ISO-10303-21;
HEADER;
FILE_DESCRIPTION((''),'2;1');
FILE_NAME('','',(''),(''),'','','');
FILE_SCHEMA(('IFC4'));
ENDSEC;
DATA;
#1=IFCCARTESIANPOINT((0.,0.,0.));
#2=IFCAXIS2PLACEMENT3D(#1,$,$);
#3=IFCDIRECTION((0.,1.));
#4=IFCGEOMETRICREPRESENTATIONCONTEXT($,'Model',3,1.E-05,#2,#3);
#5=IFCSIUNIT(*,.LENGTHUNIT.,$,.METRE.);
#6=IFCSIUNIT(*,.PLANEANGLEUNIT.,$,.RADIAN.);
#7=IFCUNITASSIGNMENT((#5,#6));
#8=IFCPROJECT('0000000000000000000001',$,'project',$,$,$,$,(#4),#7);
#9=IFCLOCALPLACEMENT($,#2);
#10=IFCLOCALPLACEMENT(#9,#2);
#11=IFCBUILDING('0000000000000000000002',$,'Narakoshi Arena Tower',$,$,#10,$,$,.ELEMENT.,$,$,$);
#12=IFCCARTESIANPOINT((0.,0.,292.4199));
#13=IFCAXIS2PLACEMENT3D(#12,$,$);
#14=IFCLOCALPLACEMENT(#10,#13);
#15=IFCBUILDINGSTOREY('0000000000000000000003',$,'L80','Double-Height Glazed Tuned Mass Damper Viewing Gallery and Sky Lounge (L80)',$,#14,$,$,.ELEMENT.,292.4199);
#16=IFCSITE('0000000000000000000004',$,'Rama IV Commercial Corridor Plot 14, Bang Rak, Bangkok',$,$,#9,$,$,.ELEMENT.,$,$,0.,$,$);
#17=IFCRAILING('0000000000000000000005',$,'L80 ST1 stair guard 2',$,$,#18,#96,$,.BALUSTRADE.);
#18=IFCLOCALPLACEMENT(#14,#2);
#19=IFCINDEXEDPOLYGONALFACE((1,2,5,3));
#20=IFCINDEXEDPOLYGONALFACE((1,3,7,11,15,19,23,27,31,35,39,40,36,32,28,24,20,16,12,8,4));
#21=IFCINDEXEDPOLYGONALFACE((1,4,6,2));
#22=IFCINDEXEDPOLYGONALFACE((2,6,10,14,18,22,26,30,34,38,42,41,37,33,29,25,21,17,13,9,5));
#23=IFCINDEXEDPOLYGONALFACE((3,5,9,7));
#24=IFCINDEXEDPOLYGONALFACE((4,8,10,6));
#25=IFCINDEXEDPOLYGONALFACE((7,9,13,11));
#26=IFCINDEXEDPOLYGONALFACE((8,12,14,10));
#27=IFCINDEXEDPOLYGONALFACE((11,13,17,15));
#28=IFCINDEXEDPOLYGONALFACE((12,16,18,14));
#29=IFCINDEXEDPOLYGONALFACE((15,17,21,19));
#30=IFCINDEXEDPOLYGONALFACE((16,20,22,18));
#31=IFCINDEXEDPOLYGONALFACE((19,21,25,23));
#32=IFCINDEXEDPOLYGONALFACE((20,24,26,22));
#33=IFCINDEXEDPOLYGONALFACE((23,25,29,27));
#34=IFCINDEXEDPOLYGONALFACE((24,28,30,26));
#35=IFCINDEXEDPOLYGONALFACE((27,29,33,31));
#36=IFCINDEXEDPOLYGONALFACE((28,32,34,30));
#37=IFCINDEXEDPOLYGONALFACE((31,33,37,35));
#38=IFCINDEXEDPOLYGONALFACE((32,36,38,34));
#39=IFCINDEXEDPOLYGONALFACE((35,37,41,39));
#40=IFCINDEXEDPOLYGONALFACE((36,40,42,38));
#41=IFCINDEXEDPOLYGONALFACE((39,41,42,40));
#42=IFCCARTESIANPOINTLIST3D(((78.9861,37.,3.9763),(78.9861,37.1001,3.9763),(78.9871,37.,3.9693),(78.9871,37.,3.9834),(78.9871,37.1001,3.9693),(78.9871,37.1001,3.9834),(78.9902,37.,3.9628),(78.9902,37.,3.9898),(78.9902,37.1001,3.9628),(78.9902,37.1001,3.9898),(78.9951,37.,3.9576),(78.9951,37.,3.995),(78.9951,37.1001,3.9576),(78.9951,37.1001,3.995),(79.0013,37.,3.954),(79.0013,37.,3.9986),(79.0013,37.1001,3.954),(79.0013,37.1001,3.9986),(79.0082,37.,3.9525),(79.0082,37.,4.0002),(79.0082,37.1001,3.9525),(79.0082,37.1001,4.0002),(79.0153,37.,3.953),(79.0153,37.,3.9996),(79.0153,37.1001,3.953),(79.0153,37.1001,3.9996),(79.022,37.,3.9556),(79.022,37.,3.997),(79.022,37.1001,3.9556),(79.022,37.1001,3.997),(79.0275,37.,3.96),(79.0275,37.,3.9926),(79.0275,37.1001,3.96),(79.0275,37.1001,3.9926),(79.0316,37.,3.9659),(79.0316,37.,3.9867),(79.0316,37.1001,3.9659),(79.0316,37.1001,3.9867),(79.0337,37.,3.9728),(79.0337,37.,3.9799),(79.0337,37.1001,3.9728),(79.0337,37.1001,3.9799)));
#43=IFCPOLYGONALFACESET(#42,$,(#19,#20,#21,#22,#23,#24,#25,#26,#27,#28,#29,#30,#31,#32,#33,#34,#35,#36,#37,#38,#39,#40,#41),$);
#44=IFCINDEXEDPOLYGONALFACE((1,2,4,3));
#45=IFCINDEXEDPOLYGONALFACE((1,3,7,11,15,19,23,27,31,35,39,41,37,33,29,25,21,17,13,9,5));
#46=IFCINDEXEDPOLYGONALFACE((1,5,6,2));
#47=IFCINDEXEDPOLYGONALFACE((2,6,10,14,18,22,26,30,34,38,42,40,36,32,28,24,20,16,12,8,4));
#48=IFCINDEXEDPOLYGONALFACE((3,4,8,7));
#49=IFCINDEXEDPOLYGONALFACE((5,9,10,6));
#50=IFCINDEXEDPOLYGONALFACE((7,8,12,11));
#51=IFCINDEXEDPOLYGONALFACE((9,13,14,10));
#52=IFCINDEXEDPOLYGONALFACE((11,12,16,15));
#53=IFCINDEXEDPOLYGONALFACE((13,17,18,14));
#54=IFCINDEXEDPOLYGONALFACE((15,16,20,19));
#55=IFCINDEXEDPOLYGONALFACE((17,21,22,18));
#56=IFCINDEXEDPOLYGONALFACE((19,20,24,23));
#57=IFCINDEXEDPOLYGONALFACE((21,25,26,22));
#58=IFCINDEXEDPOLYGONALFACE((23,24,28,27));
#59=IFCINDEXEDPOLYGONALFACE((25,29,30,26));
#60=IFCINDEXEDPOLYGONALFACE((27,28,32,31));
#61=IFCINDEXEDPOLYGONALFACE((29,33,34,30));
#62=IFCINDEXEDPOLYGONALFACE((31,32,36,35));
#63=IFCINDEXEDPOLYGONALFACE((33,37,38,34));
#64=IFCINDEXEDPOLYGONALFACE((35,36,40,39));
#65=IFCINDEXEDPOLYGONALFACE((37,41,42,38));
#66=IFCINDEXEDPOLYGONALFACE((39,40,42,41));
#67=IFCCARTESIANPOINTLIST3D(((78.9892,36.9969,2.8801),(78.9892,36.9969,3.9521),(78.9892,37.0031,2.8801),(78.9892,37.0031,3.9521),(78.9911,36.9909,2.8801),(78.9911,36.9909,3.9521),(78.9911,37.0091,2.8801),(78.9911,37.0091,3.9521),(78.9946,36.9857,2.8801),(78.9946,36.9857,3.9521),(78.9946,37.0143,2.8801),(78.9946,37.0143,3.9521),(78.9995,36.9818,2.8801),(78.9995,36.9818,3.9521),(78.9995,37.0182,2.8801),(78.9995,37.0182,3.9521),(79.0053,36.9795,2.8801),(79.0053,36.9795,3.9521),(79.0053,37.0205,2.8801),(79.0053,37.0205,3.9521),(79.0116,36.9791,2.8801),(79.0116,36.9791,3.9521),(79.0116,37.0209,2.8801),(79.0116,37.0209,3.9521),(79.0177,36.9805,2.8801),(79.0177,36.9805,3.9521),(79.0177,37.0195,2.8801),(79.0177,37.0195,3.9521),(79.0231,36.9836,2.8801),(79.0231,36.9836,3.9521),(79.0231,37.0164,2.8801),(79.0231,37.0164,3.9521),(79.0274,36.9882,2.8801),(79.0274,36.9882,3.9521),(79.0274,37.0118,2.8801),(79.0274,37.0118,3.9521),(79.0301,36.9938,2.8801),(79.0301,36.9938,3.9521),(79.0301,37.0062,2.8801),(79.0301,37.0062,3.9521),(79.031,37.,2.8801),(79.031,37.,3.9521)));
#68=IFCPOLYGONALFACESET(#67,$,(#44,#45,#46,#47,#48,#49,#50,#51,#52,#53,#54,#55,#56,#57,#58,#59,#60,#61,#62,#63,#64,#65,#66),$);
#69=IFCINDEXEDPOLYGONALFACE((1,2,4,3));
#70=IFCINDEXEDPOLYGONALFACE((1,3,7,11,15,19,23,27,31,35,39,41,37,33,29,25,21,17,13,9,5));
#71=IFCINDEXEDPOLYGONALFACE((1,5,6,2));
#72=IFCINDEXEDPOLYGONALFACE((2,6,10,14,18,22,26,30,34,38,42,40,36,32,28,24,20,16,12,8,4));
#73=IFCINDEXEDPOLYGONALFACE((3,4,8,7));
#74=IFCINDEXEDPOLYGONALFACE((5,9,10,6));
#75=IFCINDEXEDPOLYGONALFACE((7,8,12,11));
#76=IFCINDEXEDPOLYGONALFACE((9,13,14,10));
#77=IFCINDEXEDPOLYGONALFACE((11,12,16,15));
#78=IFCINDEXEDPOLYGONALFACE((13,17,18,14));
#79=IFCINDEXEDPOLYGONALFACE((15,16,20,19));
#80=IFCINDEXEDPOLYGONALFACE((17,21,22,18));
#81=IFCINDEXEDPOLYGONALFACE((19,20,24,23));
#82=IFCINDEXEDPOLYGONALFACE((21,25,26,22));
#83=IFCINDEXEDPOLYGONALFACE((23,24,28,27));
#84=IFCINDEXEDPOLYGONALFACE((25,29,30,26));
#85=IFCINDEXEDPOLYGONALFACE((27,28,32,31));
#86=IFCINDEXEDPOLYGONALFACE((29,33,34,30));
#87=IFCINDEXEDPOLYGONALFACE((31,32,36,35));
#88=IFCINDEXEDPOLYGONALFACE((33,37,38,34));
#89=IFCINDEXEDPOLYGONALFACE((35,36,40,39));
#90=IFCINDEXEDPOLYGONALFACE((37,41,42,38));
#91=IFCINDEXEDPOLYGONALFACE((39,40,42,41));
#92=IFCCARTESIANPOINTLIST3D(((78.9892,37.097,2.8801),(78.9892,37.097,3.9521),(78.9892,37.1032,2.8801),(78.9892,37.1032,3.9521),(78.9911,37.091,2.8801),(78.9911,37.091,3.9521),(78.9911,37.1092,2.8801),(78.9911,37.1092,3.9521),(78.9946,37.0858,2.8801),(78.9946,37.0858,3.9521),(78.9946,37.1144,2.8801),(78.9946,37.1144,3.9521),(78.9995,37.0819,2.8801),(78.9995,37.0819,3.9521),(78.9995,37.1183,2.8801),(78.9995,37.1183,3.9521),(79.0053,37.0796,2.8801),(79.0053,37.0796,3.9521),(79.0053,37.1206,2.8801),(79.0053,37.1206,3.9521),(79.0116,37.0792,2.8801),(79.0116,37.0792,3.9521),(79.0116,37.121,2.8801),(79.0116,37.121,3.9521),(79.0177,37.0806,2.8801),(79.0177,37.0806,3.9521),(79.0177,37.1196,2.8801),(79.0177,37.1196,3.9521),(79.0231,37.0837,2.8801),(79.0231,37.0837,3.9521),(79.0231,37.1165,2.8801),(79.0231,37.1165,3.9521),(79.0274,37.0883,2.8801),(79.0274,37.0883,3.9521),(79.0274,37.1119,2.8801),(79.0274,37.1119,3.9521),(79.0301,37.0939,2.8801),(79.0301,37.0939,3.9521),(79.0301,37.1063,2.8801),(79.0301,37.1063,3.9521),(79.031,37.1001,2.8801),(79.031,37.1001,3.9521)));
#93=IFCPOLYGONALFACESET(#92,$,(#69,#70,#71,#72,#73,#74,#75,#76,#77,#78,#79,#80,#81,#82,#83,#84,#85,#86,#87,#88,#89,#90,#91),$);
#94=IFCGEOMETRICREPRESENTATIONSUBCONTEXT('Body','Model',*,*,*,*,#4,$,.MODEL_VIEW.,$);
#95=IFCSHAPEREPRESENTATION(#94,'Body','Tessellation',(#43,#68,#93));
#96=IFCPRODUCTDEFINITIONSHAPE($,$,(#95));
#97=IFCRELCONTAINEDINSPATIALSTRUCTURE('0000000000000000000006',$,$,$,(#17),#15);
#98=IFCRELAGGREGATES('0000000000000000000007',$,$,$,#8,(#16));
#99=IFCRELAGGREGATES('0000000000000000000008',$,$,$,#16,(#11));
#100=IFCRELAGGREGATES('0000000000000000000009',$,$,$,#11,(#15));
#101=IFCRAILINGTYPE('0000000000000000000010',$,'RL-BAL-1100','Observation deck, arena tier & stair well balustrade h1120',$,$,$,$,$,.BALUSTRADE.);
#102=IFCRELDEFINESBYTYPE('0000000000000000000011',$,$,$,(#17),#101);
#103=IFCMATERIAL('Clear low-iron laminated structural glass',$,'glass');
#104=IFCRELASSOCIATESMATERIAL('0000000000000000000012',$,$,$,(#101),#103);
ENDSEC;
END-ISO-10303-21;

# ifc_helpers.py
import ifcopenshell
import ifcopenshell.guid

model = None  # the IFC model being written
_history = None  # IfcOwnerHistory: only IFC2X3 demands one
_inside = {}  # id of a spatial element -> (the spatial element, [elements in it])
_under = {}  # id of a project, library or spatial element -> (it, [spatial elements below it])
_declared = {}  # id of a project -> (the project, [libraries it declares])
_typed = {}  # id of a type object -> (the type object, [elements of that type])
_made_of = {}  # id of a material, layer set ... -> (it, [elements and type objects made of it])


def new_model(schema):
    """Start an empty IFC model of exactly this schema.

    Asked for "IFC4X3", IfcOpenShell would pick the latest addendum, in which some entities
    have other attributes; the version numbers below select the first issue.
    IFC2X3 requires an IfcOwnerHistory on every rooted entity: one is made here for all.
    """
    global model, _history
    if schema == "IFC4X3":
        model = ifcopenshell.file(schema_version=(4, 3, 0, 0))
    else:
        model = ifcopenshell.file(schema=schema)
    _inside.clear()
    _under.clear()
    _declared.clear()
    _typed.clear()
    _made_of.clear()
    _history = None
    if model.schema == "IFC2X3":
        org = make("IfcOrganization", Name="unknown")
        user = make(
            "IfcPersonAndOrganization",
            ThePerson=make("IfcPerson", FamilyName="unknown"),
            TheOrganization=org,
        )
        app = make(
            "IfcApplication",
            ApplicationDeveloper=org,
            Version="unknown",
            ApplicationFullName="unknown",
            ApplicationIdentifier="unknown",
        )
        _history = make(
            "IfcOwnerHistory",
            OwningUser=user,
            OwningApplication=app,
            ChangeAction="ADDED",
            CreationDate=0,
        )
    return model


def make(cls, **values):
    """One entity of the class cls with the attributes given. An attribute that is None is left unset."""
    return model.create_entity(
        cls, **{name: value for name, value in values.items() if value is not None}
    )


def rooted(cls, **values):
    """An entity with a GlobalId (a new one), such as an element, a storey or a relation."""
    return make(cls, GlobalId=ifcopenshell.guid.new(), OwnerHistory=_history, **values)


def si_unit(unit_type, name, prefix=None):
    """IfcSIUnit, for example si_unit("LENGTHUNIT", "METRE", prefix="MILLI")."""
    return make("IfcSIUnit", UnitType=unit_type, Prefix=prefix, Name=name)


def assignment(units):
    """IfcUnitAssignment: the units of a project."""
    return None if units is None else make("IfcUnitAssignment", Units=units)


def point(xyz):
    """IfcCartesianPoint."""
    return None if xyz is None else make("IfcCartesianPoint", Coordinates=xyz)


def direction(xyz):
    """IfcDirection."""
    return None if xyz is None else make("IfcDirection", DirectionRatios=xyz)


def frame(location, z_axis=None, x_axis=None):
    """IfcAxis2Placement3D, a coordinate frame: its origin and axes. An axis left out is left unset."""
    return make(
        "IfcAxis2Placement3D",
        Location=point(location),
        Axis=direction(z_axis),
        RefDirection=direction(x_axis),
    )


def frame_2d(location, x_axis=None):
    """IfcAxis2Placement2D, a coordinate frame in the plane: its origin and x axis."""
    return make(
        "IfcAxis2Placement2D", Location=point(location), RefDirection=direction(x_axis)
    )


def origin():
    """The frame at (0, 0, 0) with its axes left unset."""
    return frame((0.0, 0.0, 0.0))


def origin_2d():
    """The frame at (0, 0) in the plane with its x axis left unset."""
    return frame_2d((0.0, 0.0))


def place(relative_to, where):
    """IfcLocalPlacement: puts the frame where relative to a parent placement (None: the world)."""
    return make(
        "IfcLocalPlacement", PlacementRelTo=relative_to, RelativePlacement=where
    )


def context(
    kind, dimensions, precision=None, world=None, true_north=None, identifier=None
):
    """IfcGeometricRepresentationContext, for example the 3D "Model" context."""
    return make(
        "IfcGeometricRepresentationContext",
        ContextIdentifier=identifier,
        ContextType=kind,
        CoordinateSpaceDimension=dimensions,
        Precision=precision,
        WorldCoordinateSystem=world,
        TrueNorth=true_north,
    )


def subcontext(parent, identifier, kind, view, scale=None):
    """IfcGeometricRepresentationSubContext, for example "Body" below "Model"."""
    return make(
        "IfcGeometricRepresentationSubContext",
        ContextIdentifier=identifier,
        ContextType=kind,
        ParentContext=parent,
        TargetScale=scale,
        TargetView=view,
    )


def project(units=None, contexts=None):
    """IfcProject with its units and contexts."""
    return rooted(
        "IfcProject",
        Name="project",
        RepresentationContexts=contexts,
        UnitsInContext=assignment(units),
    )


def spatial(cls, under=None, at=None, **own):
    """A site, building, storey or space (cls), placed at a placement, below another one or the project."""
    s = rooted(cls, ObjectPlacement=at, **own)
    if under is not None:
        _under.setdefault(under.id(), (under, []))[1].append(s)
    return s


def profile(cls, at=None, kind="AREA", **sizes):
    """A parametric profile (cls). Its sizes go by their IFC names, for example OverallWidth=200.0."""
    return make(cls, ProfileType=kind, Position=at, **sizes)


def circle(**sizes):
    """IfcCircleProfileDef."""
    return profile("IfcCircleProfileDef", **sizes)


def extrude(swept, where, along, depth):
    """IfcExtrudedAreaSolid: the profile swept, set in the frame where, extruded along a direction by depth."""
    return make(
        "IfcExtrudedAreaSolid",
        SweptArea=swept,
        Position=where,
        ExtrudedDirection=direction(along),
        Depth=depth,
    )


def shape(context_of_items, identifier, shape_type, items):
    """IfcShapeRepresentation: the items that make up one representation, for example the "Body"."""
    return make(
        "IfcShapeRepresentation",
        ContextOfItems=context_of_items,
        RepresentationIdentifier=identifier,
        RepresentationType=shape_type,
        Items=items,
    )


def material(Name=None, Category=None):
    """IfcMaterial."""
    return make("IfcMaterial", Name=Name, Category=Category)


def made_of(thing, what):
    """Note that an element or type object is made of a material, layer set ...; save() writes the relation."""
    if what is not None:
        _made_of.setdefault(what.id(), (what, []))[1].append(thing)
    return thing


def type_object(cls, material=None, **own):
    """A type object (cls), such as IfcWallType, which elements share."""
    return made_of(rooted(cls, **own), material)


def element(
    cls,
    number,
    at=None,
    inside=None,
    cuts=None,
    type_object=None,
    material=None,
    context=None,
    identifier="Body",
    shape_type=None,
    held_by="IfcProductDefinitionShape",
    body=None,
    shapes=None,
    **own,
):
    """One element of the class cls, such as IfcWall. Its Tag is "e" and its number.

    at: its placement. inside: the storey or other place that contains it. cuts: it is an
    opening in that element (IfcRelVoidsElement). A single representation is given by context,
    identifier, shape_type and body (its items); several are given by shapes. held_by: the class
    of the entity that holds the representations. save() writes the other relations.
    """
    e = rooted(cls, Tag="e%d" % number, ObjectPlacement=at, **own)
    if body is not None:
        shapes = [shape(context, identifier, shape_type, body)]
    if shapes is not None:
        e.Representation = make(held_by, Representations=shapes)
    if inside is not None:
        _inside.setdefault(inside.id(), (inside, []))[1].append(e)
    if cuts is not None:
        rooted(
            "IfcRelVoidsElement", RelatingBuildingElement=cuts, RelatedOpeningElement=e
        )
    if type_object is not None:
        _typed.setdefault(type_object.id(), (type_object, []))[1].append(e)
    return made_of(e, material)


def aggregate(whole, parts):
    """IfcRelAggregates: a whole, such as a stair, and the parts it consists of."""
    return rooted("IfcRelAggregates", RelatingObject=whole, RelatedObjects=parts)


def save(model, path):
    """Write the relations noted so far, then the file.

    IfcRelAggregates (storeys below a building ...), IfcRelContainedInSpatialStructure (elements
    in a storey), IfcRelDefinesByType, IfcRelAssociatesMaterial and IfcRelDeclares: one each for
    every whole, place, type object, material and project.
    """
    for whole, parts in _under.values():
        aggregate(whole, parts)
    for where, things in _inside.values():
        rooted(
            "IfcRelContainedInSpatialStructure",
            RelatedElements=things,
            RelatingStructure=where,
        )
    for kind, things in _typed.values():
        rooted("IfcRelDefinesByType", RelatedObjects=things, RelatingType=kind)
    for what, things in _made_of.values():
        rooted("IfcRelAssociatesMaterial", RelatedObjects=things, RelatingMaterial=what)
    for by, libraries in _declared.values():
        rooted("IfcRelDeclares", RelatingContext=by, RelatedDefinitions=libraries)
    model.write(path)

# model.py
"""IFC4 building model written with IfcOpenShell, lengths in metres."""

from ifc_helpers import new_model, si_unit, direction, frame, origin, origin_2d, place, context, subcontext, project, spatial, circle, extrude, material, type_object, element, save


model = new_model("IFC4")

# Units and contexts
model_context = context("Model", 3, precision=1e-05, world=origin(), true_north=direction((0.0, 1.0)))
body_context = subcontext(model_context, "Body", "Model", "MODEL_VIEW")
ifc_project = project(units=[si_unit("LENGTHUNIT", "METRE"), si_unit("PLANEANGLEUNIT", "RADIAN")], contexts=[model_context])

# Site, building, storey
site_placement = place(None, origin())
site = spatial("IfcSite", under=ifc_project, at=site_placement, Name="Rama IV Commercial Corridor Plot 14, Bang Rak, Bangkok", CompositionType="ELEMENT", RefElevation=0.0)
building_placement = place(site_placement, origin())
building = spatial("IfcBuilding", under=site, at=building_placement, Name="Narakoshi Arena Tower", CompositionType="ELEMENT")
storey_placement = place(building_placement, frame((0.0, 0.0, 292.4199)))
storey = spatial("IfcBuildingStorey", under=building, at=storey_placement, Name="L80", Description="Double-Height Glazed Tuned Mass Damper Viewing Gallery and Sky Lounge (L80)", CompositionType="ELEMENT", Elevation=292.4199)

# Railing
ifc_material_1 = material(Name="Clear low-iron laminated structural glass", Category="glass")
railing_type_1 = type_object("IfcRailingType", Name="RL-BAL-1100", Description="Observation deck, arena tier & stair well balustrade h1120", PredefinedType="BALUSTRADE", material=ifc_material_1)
railing_1_placement = place(storey_placement, frame((79.01, 37.0, 2.8801)))
element("IfcRailing", 1, at=railing_1_placement, inside=storey, type_object=railing_type_1, Name="L80 ST1 stair guard 2", PredefinedType="BALUSTRADE", context=body_context, shape_type="SweptSolid", body=[
    extrude(circle(Radius=0.0239, at=origin_2d()), frame((0.0, 0.0, 1.0962), z_axis=(0.0, 1.0, 0.0), x_axis=(-1.0, 0.0, 0.0)), (0.0, 0.0, 1.0), 0.1001),
    extrude(circle(Radius=0.021, at=origin_2d()), origin(), (0.0, 0.0, 1.0), 1.072),
    extrude(circle(Radius=0.021, at=origin_2d()), frame((0.0, 0.1001, 0.0)), (0.0, 0.0, 1.0), 1.072),
])

save(model, "model.ifc")
